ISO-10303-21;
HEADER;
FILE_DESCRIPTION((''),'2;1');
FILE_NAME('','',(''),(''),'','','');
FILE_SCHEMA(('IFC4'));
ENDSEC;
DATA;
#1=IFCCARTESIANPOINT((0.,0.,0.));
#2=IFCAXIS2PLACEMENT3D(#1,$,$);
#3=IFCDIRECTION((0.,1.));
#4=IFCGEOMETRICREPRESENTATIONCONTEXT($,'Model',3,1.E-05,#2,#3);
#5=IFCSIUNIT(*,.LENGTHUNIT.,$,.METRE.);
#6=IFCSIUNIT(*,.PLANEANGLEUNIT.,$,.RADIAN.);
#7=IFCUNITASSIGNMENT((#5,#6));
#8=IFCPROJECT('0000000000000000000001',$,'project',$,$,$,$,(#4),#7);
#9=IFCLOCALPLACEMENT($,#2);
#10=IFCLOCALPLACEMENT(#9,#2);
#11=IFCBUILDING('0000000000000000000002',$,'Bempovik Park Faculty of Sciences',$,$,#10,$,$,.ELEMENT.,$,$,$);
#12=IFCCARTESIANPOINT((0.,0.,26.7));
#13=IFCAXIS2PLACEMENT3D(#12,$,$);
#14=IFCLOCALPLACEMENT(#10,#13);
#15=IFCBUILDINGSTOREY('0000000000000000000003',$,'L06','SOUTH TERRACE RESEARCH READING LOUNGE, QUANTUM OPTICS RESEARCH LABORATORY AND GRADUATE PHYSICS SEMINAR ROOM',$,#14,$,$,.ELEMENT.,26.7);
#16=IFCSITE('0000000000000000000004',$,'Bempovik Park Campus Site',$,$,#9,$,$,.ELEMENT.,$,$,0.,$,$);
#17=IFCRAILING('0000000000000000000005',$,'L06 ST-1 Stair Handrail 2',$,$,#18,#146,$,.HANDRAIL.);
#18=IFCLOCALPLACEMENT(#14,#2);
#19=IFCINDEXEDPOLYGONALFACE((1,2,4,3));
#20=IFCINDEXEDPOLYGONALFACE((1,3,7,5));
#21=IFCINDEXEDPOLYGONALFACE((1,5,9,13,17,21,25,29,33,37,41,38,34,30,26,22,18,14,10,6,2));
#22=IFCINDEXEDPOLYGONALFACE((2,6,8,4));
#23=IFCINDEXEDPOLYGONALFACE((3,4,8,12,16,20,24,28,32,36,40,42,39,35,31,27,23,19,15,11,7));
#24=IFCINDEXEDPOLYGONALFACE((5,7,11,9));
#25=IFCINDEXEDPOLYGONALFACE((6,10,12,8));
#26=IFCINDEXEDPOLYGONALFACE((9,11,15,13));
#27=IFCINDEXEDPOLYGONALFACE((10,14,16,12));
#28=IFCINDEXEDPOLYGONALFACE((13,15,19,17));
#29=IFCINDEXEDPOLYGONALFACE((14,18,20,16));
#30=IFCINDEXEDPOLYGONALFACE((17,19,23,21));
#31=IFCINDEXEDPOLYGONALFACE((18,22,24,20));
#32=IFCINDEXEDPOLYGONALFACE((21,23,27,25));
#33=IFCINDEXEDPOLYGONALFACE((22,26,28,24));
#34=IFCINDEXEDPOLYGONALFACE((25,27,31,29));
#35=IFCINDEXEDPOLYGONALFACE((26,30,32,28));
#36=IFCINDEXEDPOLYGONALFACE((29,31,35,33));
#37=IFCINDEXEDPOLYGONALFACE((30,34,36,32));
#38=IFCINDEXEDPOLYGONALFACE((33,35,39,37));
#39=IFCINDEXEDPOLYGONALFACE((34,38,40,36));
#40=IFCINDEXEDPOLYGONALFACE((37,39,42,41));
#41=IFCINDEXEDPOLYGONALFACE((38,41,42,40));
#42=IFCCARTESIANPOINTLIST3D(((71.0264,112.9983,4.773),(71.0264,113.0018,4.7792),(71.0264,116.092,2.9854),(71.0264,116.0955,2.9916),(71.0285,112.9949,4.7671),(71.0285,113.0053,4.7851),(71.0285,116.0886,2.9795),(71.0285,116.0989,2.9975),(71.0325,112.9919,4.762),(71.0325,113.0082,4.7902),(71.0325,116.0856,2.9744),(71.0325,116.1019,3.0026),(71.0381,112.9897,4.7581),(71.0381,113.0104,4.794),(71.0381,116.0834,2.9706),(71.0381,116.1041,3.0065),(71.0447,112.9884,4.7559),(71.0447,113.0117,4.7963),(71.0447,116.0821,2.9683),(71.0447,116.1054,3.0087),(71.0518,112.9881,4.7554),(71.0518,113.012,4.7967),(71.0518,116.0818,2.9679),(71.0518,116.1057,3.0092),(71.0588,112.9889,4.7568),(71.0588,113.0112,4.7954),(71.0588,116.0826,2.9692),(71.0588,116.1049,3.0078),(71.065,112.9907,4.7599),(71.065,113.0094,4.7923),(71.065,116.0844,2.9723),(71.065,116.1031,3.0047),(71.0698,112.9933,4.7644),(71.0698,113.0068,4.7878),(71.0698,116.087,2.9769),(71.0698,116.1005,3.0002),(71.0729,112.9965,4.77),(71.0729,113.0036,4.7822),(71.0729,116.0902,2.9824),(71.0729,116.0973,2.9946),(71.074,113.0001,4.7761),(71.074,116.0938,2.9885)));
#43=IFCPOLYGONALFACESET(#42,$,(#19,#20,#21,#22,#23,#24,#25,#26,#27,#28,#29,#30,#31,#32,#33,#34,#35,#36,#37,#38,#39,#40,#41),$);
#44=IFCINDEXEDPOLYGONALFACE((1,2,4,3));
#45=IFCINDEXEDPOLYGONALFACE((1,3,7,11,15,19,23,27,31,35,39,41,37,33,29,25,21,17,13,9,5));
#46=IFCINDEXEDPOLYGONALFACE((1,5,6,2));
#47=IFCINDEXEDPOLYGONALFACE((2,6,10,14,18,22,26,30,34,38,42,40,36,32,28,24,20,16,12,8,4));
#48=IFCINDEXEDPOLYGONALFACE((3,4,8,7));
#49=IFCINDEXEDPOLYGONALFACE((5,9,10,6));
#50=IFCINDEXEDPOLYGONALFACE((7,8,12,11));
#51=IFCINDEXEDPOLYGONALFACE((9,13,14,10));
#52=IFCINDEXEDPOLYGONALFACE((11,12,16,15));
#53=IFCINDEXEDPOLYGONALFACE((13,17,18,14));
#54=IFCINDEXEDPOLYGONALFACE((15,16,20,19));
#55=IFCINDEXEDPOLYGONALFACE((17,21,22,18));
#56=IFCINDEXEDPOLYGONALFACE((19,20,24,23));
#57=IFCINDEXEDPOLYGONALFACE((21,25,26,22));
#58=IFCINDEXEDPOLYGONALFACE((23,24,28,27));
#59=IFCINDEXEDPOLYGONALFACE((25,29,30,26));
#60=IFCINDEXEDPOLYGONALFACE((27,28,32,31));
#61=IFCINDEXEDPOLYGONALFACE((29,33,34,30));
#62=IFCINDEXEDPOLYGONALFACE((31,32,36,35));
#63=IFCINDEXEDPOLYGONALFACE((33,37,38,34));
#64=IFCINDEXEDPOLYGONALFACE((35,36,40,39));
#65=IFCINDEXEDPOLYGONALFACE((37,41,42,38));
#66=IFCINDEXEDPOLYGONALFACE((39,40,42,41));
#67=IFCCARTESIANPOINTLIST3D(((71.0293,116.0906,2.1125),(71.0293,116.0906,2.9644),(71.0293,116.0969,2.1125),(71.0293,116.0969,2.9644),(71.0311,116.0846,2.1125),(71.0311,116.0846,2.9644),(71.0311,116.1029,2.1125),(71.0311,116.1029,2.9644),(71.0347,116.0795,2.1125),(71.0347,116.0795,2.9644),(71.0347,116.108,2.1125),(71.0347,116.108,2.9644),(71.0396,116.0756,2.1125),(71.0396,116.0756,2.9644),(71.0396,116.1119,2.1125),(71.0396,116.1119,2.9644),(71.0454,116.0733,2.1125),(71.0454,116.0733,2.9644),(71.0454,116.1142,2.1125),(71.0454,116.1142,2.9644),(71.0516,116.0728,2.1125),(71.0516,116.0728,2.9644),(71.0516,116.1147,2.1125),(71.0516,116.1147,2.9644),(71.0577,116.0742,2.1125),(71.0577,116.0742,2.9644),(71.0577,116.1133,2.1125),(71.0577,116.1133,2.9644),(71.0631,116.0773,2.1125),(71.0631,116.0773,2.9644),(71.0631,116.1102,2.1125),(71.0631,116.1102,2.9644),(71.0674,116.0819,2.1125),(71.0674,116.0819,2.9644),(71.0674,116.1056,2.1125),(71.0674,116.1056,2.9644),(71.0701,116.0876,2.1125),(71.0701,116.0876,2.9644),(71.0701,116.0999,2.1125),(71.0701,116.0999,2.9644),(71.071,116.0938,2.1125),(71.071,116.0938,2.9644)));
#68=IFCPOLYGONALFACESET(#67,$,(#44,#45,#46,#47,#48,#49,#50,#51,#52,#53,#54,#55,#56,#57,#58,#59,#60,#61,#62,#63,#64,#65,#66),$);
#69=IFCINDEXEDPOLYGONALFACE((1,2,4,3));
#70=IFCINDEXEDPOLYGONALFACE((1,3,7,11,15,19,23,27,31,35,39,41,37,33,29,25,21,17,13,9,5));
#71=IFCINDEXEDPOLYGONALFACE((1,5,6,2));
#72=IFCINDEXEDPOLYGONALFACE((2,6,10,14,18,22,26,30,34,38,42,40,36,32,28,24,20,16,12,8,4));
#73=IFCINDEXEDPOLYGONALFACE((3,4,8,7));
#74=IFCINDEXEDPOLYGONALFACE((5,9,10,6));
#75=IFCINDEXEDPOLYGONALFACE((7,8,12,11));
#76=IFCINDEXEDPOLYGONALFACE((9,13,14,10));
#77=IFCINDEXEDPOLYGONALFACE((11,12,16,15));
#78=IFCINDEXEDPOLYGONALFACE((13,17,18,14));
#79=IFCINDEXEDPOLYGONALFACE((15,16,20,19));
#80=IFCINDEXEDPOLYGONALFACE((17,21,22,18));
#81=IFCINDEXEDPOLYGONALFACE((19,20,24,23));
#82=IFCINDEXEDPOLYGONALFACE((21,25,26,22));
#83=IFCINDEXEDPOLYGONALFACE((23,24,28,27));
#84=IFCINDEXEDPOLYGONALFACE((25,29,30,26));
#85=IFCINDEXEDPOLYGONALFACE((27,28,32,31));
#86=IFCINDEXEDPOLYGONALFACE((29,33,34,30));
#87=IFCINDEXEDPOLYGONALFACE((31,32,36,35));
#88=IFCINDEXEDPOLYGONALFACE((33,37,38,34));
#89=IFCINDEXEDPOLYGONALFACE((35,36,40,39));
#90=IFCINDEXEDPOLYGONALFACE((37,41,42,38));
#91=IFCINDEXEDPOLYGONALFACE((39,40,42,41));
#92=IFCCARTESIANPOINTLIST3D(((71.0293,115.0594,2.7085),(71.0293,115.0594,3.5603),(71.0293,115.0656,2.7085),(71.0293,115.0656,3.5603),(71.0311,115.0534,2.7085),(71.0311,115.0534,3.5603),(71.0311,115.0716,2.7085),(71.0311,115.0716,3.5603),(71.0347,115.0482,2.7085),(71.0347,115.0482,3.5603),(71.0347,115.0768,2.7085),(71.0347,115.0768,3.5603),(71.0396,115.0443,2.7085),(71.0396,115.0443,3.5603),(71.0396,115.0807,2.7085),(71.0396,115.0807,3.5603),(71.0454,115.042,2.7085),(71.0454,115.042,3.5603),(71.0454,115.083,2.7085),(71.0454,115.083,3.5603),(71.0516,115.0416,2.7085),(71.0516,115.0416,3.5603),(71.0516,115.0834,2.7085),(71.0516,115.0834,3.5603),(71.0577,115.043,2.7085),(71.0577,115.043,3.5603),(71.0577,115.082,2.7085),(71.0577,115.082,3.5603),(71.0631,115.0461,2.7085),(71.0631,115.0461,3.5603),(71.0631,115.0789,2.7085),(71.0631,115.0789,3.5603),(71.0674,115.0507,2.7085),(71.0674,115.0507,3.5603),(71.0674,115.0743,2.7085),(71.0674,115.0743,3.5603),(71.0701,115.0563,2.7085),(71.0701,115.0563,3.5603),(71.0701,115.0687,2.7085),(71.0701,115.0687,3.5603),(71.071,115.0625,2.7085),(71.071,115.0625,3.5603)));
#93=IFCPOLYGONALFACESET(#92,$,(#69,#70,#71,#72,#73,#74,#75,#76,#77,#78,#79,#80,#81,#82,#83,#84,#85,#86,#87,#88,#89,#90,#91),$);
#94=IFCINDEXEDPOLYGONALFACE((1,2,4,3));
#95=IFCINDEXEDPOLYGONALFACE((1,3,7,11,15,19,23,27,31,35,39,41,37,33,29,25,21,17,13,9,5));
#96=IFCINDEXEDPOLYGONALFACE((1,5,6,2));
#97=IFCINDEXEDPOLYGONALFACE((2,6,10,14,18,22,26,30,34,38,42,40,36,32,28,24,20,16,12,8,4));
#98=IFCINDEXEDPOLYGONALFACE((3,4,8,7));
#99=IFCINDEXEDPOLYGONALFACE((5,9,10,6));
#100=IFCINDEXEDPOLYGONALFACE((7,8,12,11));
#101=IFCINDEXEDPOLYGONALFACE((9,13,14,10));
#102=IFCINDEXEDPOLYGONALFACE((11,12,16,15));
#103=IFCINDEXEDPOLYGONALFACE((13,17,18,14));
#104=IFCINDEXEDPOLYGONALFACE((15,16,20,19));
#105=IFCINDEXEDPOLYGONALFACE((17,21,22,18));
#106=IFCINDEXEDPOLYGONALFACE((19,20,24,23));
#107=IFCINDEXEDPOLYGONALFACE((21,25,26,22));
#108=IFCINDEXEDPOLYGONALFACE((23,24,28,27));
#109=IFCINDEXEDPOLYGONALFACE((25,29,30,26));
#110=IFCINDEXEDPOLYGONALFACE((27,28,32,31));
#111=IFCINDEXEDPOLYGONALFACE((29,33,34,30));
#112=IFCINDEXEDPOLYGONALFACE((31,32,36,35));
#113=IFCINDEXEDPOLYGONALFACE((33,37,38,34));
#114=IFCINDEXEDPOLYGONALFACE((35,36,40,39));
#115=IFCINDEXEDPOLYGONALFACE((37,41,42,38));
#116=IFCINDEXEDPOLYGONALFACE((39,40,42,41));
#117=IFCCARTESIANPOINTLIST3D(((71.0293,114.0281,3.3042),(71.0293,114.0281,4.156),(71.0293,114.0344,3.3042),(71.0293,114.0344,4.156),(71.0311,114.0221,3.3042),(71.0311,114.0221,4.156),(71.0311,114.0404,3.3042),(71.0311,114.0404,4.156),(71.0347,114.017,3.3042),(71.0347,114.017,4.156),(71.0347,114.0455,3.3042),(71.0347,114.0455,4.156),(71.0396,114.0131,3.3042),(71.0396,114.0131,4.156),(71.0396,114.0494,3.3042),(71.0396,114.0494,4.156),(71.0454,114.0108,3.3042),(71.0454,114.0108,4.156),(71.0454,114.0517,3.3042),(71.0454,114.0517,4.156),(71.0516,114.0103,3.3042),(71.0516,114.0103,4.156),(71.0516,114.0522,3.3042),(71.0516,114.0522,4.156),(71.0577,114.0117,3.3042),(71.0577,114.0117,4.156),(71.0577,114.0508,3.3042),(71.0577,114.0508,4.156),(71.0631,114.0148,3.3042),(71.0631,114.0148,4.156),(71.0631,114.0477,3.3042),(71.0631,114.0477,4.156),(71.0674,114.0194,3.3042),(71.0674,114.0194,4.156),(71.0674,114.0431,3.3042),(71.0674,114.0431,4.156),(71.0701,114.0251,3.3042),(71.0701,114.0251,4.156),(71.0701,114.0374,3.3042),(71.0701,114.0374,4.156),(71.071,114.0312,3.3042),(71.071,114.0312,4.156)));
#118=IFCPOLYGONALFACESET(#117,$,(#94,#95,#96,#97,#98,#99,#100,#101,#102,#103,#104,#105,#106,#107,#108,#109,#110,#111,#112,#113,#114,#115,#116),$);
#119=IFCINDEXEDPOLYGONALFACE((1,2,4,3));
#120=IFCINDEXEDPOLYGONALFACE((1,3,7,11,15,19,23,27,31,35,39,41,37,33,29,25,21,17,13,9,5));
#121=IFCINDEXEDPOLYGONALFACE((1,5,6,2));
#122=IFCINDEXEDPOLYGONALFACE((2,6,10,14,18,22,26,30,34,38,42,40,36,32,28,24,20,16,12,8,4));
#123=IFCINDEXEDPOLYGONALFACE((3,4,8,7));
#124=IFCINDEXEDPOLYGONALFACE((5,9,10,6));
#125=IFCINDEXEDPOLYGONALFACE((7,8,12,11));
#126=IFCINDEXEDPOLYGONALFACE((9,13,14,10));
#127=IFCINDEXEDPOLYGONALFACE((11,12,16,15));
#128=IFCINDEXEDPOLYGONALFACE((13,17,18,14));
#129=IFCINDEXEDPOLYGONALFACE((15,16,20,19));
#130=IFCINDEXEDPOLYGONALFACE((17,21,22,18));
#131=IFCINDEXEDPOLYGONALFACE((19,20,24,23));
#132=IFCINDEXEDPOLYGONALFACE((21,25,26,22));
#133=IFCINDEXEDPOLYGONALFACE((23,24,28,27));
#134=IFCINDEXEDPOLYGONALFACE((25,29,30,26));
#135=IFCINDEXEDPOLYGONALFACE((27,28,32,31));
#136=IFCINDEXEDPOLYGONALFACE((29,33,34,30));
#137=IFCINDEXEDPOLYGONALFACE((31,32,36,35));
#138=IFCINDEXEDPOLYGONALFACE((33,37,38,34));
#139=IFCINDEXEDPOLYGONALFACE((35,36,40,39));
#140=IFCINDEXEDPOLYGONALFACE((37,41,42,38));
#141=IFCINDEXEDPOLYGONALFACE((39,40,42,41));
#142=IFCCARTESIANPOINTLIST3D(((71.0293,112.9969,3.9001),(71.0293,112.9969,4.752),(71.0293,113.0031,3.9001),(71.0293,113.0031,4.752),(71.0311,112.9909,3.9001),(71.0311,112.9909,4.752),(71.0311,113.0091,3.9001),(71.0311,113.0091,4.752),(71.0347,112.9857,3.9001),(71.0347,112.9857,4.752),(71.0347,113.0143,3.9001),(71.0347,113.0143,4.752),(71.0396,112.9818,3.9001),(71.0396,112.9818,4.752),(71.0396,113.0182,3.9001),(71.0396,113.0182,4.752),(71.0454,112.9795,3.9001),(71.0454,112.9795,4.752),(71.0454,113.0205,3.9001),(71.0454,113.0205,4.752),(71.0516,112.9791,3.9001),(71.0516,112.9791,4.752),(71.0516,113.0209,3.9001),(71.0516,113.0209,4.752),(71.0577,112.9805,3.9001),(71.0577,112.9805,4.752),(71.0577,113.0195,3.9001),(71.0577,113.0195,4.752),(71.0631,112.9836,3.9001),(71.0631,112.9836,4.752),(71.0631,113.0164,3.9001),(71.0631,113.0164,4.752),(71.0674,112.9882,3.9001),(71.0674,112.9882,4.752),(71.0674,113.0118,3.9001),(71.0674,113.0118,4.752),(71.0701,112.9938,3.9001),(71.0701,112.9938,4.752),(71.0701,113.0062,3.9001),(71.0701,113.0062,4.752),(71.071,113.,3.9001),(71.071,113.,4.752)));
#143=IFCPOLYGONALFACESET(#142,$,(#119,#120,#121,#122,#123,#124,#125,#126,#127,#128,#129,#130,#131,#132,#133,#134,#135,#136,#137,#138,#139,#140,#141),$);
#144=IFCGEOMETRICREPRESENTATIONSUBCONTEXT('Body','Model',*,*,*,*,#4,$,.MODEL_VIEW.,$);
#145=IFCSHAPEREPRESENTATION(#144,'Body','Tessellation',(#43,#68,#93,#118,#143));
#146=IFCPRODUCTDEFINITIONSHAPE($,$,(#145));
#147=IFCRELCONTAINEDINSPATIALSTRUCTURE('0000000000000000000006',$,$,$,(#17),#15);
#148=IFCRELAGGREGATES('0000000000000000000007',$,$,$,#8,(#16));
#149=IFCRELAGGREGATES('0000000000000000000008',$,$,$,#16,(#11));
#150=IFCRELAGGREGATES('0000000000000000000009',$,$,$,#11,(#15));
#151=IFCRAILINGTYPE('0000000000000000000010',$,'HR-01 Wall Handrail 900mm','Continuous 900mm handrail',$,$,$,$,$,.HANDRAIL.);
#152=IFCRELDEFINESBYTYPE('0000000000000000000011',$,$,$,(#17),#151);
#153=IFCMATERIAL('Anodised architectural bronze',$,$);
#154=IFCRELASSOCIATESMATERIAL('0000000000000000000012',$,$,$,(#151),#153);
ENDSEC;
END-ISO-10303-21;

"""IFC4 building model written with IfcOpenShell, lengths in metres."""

from ifc_helpers import new_model, si_unit, direction, frame, origin, origin_2d, place, context, subcontext, project, spatial, circle, extrude, material, type_object, element, save


model = new_model("IFC4")

# Units and contexts
model_context = context("Model", 3, precision=1e-05, world=origin(), true_north=direction((0.0, 1.0)))
body_context = subcontext(model_context, "Body", "Model", "MODEL_VIEW")
ifc_project = project(units=[si_unit("LENGTHUNIT", "METRE"), si_unit("PLANEANGLEUNIT", "RADIAN")], contexts=[model_context])

# Site, building, storey
site_placement = place(None, origin())
site = spatial("IfcSite", under=ifc_project, at=site_placement, Name="Bempovik Park Campus Site", CompositionType="ELEMENT", RefElevation=0.0)
building_placement = place(site_placement, origin())
building = spatial("IfcBuilding", under=site, at=building_placement, Name="Bempovik Park Faculty of Sciences", CompositionType="ELEMENT")
storey_placement = place(building_placement, frame((0.0, 0.0, 26.7)))
storey = spatial("IfcBuildingStorey", under=building, at=storey_placement, Name="L06", Description="SOUTH TERRACE RESEARCH READING LOUNGE, QUANTUM OPTICS RESEARCH LABORATORY AND GRADUATE PHYSICS SEMINAR ROOM", CompositionType="ELEMENT", Elevation=26.7)

# Railing
ifc_material_1 = material(Name="Anodised architectural bronze")
railing_type_1 = type_object("IfcRailingType", Name="HR-01 Wall Handrail 900mm", Description="Continuous 900mm handrail", PredefinedType="HANDRAIL", material=ifc_material_1)
railing_1_placement = place(storey_placement, frame((71.05, 116.0938, 2.1125)))
element("IfcRailing", 1, at=railing_1_placement, inside=storey, type_object=railing_type_1, Name="L06 ST-1 Stair Handrail 2", PredefinedType="HANDRAIL", context=body_context, shape_type="SweptSolid", body=[
    extrude(circle(Radius=0.0239, at=origin_2d()), frame((0.0, 0.0, 0.876), z_axis=(0.0, -0.865853, 0.500298), x_axis=(1.0, 0.0, 0.0)), (0.0, 0.0, 1.0), 3.573),
    extrude(circle(Radius=0.021, at=origin_2d()), origin(), (0.0, 0.0, 1.0), 0.8518),
    extrude(circle(Radius=0.021, at=origin_2d()), frame((0.0, -1.0312, 0.5959)), (0.0, 0.0, 1.0), 0.8518),
    extrude(circle(Radius=0.021, at=origin_2d()), frame((0.0, -2.0625, 1.1917)), (0.0, 0.0, 1.0), 0.8518),
    extrude(circle(Radius=0.021, at=origin_2d()), frame((0.0, -3.0938, 1.7876)), (0.0, 0.0, 1.0), 0.8518),
])

save(model, "model.ifc")
